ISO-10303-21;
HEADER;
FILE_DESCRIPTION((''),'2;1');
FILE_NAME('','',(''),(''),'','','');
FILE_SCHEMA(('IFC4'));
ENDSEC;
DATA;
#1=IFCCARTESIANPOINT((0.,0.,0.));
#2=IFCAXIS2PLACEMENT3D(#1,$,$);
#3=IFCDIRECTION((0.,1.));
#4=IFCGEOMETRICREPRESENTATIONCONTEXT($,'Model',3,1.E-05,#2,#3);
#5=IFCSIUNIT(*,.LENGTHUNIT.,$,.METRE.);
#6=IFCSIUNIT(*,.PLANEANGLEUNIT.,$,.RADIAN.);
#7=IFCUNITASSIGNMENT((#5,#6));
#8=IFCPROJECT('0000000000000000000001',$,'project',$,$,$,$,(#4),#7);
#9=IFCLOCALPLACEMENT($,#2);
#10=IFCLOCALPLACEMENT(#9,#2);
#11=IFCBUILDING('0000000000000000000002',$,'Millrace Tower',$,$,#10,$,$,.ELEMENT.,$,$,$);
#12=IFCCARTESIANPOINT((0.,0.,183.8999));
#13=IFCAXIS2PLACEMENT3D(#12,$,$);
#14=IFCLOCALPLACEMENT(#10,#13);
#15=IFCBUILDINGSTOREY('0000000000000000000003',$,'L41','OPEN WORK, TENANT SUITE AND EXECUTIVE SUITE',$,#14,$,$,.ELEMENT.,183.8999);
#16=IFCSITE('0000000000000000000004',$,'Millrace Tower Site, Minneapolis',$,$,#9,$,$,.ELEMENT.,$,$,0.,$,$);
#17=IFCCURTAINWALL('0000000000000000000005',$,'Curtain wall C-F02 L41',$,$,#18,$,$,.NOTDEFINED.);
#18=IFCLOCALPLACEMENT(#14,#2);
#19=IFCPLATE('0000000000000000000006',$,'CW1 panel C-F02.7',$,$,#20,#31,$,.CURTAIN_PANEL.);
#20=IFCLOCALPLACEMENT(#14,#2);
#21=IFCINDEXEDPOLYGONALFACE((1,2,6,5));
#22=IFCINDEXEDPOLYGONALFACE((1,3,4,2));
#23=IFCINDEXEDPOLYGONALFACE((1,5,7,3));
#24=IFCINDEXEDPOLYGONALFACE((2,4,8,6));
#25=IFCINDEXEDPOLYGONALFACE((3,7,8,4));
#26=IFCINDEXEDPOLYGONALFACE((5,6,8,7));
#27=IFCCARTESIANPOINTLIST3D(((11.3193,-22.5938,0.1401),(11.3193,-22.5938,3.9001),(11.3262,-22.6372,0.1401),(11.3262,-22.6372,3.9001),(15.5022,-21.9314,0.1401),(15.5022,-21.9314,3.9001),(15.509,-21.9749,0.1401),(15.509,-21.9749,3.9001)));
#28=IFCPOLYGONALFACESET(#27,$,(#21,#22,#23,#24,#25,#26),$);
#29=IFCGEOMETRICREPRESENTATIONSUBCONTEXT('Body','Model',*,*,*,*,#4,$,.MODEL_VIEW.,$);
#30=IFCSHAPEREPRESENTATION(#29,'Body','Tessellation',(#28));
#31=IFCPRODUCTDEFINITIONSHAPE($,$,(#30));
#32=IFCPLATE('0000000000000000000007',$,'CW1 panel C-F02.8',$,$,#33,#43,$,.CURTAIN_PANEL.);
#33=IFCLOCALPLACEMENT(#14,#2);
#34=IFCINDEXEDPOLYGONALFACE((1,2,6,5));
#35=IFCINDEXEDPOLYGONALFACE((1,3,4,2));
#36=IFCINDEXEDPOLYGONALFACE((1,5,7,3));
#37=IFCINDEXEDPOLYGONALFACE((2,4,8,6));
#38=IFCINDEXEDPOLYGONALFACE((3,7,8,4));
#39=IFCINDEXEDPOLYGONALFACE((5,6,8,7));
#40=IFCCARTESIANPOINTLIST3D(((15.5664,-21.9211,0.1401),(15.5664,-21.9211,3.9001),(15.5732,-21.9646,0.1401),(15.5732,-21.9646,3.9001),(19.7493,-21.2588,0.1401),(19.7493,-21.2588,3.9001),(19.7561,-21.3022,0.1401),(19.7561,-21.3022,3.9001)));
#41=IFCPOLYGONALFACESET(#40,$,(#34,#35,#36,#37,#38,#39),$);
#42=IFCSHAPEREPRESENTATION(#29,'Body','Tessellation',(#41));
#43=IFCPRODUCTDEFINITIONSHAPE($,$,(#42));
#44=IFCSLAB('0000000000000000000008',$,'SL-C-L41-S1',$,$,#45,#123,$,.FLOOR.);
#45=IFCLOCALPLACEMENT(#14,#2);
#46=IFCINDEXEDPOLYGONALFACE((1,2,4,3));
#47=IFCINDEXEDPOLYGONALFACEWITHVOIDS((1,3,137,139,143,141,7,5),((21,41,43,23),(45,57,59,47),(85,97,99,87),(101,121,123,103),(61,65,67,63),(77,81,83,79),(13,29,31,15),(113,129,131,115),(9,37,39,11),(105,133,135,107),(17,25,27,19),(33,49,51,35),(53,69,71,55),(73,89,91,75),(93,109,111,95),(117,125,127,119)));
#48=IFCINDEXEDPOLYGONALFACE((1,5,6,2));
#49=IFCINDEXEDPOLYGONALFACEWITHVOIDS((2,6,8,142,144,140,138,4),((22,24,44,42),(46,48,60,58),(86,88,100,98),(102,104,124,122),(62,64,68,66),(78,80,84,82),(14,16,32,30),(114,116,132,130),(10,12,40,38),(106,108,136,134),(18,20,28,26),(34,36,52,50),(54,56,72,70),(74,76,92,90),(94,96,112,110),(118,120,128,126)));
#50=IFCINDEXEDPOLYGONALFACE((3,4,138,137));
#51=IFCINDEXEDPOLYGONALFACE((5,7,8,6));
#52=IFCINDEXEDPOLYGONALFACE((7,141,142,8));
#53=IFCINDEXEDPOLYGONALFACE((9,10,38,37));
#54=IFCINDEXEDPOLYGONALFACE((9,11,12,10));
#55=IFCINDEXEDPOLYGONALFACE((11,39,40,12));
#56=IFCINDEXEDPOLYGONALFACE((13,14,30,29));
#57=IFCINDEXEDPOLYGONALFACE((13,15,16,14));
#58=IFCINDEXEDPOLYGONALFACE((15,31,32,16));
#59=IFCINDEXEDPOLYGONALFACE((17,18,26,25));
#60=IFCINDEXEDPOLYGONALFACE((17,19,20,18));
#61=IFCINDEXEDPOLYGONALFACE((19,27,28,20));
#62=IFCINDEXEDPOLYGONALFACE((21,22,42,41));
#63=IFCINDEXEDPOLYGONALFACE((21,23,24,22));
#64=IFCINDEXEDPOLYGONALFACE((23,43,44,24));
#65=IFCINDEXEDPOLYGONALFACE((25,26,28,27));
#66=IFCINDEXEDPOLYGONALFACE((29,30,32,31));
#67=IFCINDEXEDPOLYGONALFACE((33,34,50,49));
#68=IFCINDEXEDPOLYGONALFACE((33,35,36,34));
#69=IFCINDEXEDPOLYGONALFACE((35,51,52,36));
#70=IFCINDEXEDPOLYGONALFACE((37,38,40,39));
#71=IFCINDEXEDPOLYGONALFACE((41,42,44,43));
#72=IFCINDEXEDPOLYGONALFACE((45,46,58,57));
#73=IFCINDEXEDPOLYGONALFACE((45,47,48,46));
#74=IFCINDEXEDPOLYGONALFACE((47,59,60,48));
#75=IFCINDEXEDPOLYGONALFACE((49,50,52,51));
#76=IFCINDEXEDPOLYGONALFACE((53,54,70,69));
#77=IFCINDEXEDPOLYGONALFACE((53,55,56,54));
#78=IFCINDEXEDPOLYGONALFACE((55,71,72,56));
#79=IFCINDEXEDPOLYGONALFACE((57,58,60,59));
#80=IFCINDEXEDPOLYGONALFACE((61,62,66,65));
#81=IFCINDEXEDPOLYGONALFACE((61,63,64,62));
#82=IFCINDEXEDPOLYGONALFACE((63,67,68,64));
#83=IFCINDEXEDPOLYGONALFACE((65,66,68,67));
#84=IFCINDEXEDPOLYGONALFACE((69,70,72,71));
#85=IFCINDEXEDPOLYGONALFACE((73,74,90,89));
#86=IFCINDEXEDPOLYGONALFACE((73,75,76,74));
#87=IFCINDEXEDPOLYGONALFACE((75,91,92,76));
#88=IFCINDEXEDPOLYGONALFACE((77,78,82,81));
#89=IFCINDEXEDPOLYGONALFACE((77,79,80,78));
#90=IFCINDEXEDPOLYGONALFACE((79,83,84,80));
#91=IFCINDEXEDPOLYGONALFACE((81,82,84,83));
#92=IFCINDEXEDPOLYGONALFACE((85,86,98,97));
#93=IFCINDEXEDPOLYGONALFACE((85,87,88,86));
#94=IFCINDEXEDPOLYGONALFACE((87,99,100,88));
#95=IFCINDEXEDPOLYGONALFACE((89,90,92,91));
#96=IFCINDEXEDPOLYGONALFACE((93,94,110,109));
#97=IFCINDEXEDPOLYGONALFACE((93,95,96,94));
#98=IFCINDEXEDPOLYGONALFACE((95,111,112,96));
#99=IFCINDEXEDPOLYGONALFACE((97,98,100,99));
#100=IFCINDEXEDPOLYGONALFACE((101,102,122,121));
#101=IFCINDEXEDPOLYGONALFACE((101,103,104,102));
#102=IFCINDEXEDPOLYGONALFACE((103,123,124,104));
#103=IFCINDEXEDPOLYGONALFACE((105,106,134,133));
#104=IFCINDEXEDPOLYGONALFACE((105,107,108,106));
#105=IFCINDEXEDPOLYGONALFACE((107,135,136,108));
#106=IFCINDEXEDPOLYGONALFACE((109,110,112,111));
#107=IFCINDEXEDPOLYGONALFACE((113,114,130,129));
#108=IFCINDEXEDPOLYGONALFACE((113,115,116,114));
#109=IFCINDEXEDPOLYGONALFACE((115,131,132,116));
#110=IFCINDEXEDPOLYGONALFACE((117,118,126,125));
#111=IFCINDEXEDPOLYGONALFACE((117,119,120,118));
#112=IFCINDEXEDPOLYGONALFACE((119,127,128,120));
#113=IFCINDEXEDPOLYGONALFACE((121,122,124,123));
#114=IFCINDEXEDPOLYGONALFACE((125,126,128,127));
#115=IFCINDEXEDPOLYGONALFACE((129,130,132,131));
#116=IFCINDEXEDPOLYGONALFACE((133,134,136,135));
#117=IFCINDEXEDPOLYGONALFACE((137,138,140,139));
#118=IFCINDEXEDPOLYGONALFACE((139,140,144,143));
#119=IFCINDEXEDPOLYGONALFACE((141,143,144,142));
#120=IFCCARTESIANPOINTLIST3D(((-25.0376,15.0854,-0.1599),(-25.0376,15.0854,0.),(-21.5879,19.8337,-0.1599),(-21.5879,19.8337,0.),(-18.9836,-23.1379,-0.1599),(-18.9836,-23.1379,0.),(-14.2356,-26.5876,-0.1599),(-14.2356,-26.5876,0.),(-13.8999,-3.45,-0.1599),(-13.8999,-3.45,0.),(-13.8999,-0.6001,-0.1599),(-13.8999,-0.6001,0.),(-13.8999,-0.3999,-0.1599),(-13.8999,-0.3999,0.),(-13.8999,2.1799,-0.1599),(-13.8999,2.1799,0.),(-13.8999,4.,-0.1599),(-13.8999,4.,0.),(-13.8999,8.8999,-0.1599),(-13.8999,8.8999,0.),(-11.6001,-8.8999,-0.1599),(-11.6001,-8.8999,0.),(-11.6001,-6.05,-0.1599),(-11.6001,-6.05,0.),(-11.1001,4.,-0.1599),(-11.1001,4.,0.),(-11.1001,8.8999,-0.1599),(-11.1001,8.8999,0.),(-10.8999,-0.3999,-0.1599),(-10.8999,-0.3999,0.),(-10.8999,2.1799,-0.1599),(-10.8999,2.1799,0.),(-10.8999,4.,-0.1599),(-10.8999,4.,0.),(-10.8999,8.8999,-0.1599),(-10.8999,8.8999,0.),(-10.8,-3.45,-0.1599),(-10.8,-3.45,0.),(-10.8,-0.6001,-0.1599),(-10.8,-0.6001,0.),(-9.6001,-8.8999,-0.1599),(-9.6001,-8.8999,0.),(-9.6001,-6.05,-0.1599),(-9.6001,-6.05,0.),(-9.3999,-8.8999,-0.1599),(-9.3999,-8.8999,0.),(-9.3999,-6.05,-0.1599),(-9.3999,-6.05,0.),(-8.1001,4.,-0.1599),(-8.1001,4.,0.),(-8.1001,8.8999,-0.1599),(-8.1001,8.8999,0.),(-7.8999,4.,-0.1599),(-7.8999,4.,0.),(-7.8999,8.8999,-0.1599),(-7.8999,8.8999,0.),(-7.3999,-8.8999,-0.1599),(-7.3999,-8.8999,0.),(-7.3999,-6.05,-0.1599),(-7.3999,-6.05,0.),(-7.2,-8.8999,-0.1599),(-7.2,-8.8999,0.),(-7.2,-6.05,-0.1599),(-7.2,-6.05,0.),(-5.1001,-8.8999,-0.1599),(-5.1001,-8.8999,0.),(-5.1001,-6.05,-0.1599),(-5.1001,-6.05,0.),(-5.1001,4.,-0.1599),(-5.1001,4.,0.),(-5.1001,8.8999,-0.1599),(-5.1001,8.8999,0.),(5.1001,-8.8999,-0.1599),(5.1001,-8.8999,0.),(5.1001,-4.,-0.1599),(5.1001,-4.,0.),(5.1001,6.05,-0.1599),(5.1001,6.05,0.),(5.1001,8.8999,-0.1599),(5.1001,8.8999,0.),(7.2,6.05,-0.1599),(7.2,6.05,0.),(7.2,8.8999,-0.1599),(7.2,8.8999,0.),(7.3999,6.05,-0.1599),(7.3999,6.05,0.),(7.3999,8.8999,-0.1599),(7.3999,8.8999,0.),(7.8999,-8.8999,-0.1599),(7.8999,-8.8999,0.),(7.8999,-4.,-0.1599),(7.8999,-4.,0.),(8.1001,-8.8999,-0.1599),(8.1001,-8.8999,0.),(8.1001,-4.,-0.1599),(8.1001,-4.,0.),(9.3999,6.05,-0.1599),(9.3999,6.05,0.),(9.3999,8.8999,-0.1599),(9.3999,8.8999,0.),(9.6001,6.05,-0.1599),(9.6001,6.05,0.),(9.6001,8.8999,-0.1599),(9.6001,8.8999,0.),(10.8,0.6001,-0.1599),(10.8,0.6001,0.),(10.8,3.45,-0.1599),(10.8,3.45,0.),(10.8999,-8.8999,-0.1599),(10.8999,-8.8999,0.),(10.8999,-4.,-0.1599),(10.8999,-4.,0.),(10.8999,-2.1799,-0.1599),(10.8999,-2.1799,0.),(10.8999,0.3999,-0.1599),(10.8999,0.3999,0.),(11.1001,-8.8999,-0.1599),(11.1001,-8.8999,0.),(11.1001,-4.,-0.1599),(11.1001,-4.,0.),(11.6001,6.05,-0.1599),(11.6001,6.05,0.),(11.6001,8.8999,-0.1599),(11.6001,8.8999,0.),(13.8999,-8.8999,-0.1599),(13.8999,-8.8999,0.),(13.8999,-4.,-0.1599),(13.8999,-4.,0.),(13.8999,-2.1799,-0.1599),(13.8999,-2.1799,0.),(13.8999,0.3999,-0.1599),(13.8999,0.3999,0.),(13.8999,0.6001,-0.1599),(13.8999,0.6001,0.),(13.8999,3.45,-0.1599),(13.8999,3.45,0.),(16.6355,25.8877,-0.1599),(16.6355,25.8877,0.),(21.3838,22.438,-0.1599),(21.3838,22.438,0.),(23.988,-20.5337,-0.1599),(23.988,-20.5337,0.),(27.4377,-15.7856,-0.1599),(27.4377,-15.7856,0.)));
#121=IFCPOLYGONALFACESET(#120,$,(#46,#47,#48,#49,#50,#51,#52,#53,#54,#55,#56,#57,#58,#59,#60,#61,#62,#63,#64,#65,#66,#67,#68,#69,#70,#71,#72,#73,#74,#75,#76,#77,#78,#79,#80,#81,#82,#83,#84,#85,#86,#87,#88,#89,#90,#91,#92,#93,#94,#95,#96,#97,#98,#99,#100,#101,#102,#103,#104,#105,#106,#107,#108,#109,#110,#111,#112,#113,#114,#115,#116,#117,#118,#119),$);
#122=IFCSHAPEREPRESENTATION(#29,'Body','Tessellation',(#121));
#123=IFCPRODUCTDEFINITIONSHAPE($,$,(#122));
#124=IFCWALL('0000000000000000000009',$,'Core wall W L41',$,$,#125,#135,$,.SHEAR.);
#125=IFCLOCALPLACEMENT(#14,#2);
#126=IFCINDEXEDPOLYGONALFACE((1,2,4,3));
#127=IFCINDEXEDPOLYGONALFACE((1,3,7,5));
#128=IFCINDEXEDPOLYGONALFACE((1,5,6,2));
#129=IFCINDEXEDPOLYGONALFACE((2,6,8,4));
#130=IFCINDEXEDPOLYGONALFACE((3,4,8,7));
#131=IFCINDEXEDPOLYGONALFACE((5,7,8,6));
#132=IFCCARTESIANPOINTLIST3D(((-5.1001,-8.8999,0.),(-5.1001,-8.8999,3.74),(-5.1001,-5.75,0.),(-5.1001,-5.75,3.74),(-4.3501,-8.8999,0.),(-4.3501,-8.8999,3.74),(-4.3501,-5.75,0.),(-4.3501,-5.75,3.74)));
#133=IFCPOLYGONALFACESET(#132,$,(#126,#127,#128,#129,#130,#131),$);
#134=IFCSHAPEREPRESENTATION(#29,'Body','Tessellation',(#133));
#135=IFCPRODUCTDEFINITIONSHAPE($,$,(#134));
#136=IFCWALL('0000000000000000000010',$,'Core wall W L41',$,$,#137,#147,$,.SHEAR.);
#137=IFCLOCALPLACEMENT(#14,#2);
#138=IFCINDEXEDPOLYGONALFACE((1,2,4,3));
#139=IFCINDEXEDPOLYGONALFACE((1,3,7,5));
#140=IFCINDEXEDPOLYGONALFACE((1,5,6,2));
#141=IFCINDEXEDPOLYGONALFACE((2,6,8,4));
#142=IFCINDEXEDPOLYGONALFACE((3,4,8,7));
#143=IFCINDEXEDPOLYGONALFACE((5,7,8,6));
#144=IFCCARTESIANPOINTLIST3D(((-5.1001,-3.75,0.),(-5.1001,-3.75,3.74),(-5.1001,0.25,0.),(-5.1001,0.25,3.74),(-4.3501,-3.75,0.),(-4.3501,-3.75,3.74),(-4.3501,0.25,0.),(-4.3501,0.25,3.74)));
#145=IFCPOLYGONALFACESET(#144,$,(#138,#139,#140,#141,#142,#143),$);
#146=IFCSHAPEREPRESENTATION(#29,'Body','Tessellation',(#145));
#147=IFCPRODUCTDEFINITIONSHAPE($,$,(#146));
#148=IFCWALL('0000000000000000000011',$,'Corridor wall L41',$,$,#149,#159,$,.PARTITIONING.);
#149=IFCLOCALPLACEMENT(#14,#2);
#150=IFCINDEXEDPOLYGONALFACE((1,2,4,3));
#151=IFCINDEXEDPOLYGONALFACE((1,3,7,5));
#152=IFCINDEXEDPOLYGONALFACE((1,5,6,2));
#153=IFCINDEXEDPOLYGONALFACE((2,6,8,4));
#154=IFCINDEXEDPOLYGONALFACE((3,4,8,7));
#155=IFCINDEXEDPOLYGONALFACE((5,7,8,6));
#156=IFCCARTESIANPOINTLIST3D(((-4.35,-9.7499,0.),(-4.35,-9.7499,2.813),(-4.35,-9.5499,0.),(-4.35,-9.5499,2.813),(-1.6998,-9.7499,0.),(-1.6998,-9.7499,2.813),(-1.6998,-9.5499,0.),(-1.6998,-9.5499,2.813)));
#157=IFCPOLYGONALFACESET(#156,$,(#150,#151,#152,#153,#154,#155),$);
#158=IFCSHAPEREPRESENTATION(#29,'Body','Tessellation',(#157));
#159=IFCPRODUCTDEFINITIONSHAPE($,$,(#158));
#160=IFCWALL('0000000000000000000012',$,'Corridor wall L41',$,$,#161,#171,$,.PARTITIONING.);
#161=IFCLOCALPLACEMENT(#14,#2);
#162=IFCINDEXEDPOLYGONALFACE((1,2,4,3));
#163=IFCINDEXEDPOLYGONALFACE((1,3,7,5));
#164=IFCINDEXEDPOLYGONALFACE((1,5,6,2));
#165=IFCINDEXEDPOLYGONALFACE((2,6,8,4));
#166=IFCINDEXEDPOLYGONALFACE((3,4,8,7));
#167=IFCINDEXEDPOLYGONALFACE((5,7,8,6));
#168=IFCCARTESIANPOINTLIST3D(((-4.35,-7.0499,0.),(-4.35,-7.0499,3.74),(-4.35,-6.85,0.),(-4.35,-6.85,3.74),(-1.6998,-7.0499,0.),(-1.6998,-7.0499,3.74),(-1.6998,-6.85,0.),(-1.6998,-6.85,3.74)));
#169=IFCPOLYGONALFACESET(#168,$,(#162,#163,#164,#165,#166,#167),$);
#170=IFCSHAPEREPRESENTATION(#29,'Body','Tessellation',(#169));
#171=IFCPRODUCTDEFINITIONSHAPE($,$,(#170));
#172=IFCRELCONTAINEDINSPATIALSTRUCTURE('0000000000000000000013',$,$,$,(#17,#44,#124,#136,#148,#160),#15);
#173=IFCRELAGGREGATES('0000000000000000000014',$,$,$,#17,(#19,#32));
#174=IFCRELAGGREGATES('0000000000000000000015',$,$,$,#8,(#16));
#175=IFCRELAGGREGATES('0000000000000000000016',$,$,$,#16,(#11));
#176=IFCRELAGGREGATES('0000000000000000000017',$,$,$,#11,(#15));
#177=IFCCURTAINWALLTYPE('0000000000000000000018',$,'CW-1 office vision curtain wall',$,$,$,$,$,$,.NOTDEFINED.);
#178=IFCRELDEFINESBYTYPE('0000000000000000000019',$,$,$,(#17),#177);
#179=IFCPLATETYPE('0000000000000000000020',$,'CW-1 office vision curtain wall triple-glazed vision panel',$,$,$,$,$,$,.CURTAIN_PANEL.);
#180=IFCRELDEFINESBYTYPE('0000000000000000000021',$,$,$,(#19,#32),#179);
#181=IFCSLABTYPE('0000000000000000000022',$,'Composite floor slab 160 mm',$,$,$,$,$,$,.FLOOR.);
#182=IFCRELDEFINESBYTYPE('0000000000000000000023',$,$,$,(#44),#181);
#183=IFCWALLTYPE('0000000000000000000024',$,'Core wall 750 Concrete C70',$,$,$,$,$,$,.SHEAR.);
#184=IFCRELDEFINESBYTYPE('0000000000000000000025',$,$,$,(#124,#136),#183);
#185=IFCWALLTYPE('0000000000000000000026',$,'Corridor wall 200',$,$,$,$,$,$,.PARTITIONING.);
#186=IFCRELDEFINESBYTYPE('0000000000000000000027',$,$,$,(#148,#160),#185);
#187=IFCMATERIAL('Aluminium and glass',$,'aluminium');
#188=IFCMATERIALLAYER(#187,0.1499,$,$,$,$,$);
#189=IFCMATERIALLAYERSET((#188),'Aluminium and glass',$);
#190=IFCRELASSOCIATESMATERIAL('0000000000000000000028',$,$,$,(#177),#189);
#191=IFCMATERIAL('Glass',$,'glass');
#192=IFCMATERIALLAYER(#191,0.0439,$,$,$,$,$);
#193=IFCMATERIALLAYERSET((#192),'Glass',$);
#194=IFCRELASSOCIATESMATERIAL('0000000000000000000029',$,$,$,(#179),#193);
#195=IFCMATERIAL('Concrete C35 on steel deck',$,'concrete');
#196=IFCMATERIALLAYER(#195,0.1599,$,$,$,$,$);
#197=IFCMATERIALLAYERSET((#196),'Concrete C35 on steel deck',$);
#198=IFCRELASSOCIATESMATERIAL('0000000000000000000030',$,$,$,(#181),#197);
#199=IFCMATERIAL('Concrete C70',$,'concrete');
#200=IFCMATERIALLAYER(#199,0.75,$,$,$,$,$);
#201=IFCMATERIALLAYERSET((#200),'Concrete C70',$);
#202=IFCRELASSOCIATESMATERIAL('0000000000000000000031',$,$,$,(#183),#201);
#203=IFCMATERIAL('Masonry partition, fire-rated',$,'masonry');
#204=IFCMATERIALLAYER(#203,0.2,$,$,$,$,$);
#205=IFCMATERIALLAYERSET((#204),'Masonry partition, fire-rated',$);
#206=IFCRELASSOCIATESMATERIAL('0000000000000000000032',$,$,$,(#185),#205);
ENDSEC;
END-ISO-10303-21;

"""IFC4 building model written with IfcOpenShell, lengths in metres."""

from ifc_helpers import new_model, si_unit, direction, frame, frame_2d, origin, place, context, subcontext, project, spatial, polyline, rectangle, outline, extrude, material, layer, layer_set, type_object, element, aggregate, save


model = new_model("IFC4")

# Units and contexts
model_context = context("Model", 3, precision=1e-05, world=origin(), true_north=direction((0.0, 1.0)))
body_context = subcontext(model_context, "Body", "Model", "MODEL_VIEW")
ifc_project = project(units=[si_unit("LENGTHUNIT", "METRE"), si_unit("PLANEANGLEUNIT", "RADIAN")], contexts=[model_context])

# Site, building, storey
site_placement = place(None, origin())
site = spatial("IfcSite", under=ifc_project, at=site_placement, Name="Millrace Tower Site, Minneapolis", CompositionType="ELEMENT", RefElevation=0.0)
building_placement = place(site_placement, origin())
building = spatial("IfcBuilding", under=site, at=building_placement, Name="Millrace Tower", CompositionType="ELEMENT")
storey_placement = place(building_placement, frame((0.0, 0.0, 183.8999)))
storey = spatial("IfcBuildingStorey", under=building, at=storey_placement, Name="L41", Description="OPEN WORK, TENANT SUITE AND EXECUTIVE SUITE", CompositionType="ELEMENT", Elevation=183.8999)

# Shared definitions
ifc_material_1 = material(Name="Aluminium and glass", Category="aluminium")
ifc_layer_1 = layer(ifc_material_1, 0.1499)
ifc_layer_set_1 = layer_set([ifc_layer_1], Name="Aluminium and glass")
curtain_wall_type = type_object("IfcCurtainWallType", Name="CW-1 office vision curtain wall", PredefinedType="NOTDEFINED", material=ifc_layer_set_1)
placement_1 = place(storey_placement, origin())
ifc_material_2 = material(Name="Glass", Category="glass")
ifc_layer_2 = layer(ifc_material_2, 0.0439)
ifc_layer_set_2 = layer_set([ifc_layer_2], Name="Glass")
plate_type = type_object("IfcPlateType", Name="CW-1 office vision curtain wall triple-glazed vision panel", PredefinedType="CURTAIN_PANEL", material=ifc_layer_set_2)
placement_2 = place(storey_placement, frame((0.0, 0.0, 0.1401)))

# Curtain wall, plates
curtain_wall_1 = element("IfcCurtainWall", 1, at=placement_1, inside=storey, type_object=curtain_wall_type, Name="Curtain wall C-F02 L41", PredefinedType="NOTDEFINED")
plate_1 = element("IfcPlate", 2, at=placement_2, type_object=plate_type, Name="CW1 panel C-F02.7", PredefinedType="CURTAIN_PANEL", context=body_context, shape_type="SweptSolid", body=[
    extrude(outline(polyline([(11.3262, -22.6372), (15.509, -21.9749), (15.5022, -21.9314), (11.3193, -22.5938), (11.3262, -22.6372)])), origin(), (0.0, 0.0, 1.0), 3.76),
])
plate_2 = element("IfcPlate", 3, at=placement_2, type_object=plate_type, Name="CW1 panel C-F02.8", PredefinedType="CURTAIN_PANEL", context=body_context, shape_type="SweptSolid", body=[
    extrude(outline(polyline([(15.5732, -21.9646), (19.7561, -21.3022), (19.7493, -21.2588), (15.5664, -21.9211), (15.5732, -21.9646)])), origin(), (0.0, 0.0, 1.0), 3.76),
])
aggregate(curtain_wall_1, [plate_1, plate_2])

# Slab
ifc_material_3 = material(Name="Concrete C35 on steel deck", Category="concrete")
ifc_layer_3 = layer(ifc_material_3, 0.1599)
ifc_layer_set_3 = layer_set([ifc_layer_3], Name="Concrete C35 on steel deck")
slab_type = type_object("IfcSlabType", Name="Composite floor slab 160 mm", PredefinedType="FLOOR", material=ifc_layer_set_3)
slab_placement = place(storey_placement, frame((0.0, 0.0, -0.1599)))
element("IfcSlab", 4, at=slab_placement, inside=storey, type_object=slab_type, Name="SL-C-L41-S1", PredefinedType="FLOOR", context=body_context, shape_type="SweptSolid", body=[
    extrude(outline(polyline([(-18.9836, -23.1379), (-14.2356, -26.5876), (23.988, -20.5337), (27.4377, -15.7856), (21.3838, 22.438), (16.6355, 25.8877), (-21.5879, 19.8337), (-25.0376, 15.0854), (-18.9836, -23.1379)]), holes=[polyline([(-11.6001, -8.8999), (-9.6001, -8.8999), (-9.6001, -6.05), (-11.6001, -6.05), (-11.6001, -8.8999)]), polyline([(-9.3999, -8.8999), (-7.3999, -8.8999), (-7.3999, -6.05), (-9.3999, -6.05), (-9.3999, -8.8999)]), polyline([(-7.2, -8.8999), (-5.1001, -8.8999), (-5.1001, -6.05), (-7.2, -6.05), (-7.2, -8.8999)]), polyline([(-13.8999, -3.45), (-10.8, -3.45), (-10.8, -0.6001), (-13.8999, -0.6001), (-13.8999, -3.45)]), polyline([(-13.8999, -0.3999), (-10.8999, -0.3999), (-10.8999, 2.1799), (-13.8999, 2.1799), (-13.8999, -0.3999)]), polyline([(-13.8999, 4.0), (-11.1001, 4.0), (-11.1001, 8.8999), (-13.8999, 8.8999), (-13.8999, 4.0)]), polyline([(-10.8999, 4.0), (-8.1001, 4.0), (-8.1001, 8.8999), (-10.8999, 8.8999), (-10.8999, 4.0)]), polyline([(-7.8999, 4.0), (-5.1001, 4.0), (-5.1001, 8.8999), (-7.8999, 8.8999), (-7.8999, 4.0)]), polyline([(9.6001, 6.05), (11.6001, 6.05), (11.6001, 8.8999), (9.6001, 8.8999), (9.6001, 6.05)]), polyline([(7.3999, 6.05), (9.3999, 6.05), (9.3999, 8.8999), (7.3999, 8.8999), (7.3999, 6.05)]), polyline([(5.1001, 6.05), (7.2, 6.05), (7.2, 8.8999), (5.1001, 8.8999), (5.1001, 6.05)]), polyline([(10.8, 0.6001), (13.8999, 0.6001), (13.8999, 3.45), (10.8, 3.45), (10.8, 0.6001)]), polyline([(10.8999, -2.1799), (13.8999, -2.1799), (13.8999, 0.3999), (10.8999, 0.3999), (10.8999, -2.1799)]), polyline([(11.1001, -8.8999), (13.8999, -8.8999), (13.8999, -4.0), (11.1001, -4.0), (11.1001, -8.8999)]), polyline([(8.1001, -8.8999), (10.8999, -8.8999), (10.8999, -4.0), (8.1001, -4.0), (8.1001, -8.8999)]), polyline([(5.1001, -8.8999), (7.8999, -8.8999), (7.8999, -4.0), (5.1001, -4.0), (5.1001, -8.8999)])]), origin(), (0.0, 0.0, 1.0), 0.1599),
])

# Walls
ifc_material_4 = material(Name="Concrete C70", Category="concrete")
ifc_layer_4 = layer(ifc_material_4, 0.75)
ifc_layer_set_4 = layer_set([ifc_layer_4], Name="Concrete C70")
wall_type_1 = type_object("IfcWallType", Name="Core wall 750 Concrete C70", PredefinedType="SHEAR", material=ifc_layer_set_4)
wall_1_placement = place(storey_placement, frame((-4.7251, -8.8999, 0.0), z_axis=(0.0, 0.0, 1.0), x_axis=(0.0, 1.0, 0.0)))
element("IfcWall", 5, at=wall_1_placement, inside=storey, type_object=wall_type_1, Name="Core wall W L41", PredefinedType="SHEAR", context=body_context, shape_type="SweptSolid", body=[
    extrude(rectangle(XDim=3.1499, YDim=0.75, at=frame_2d((1.575, 0.0))), origin(), (0.0, 0.0, 1.0), 3.74),
])
wall_2_placement = place(storey_placement, frame((-4.7251, -3.75, 0.0), z_axis=(0.0, 0.0, 1.0), x_axis=(0.0, 1.0, 0.0)))
element("IfcWall", 6, at=wall_2_placement, inside=storey, type_object=wall_type_1, Name="Core wall W L41", PredefinedType="SHEAR", context=body_context, shape_type="SweptSolid", body=[
    extrude(rectangle(XDim=4.0, YDim=0.75, at=frame_2d((2.0, 0.0))), origin(), (0.0, 0.0, 1.0), 3.74),
])
ifc_material_5 = material(Name="Masonry partition, fire-rated", Category="masonry")
ifc_layer_5 = layer(ifc_material_5, 0.2)
ifc_layer_set_5 = layer_set([ifc_layer_5], Name="Masonry partition, fire-rated")
wall_type_2 = type_object("IfcWallType", Name="Corridor wall 200", PredefinedType="PARTITIONING", material=ifc_layer_set_5)
wall_3_placement = place(storey_placement, frame((-4.3501, -9.6499, 0.0), z_axis=(0.0, 0.0, 1.0), x_axis=(1.0, 0.0, 0.0)))
element("IfcWall", 7, at=wall_3_placement, inside=storey, type_object=wall_type_2, Name="Corridor wall L41", PredefinedType="PARTITIONING", context=body_context, shape_type="SweptSolid", body=[
    extrude(rectangle(XDim=2.6501, YDim=0.2, at=frame_2d((1.3252, 0.0))), origin(), (0.0, 0.0, 1.0), 2.813),
])
wall_4_placement = place(storey_placement, frame((-4.3501, -6.95, 0.0), z_axis=(0.0, 0.0, 1.0), x_axis=(1.0, 0.0, 0.0)))
element("IfcWall", 8, at=wall_4_placement, inside=storey, type_object=wall_type_2, Name="Corridor wall L41", PredefinedType="PARTITIONING", context=body_context, shape_type="SweptSolid", body=[
    extrude(rectangle(XDim=2.6501, YDim=0.2, at=frame_2d((1.3252, 0.0))), origin(), (0.0, 0.0, 1.0), 3.74),
])

save(model, "model.ifc")
